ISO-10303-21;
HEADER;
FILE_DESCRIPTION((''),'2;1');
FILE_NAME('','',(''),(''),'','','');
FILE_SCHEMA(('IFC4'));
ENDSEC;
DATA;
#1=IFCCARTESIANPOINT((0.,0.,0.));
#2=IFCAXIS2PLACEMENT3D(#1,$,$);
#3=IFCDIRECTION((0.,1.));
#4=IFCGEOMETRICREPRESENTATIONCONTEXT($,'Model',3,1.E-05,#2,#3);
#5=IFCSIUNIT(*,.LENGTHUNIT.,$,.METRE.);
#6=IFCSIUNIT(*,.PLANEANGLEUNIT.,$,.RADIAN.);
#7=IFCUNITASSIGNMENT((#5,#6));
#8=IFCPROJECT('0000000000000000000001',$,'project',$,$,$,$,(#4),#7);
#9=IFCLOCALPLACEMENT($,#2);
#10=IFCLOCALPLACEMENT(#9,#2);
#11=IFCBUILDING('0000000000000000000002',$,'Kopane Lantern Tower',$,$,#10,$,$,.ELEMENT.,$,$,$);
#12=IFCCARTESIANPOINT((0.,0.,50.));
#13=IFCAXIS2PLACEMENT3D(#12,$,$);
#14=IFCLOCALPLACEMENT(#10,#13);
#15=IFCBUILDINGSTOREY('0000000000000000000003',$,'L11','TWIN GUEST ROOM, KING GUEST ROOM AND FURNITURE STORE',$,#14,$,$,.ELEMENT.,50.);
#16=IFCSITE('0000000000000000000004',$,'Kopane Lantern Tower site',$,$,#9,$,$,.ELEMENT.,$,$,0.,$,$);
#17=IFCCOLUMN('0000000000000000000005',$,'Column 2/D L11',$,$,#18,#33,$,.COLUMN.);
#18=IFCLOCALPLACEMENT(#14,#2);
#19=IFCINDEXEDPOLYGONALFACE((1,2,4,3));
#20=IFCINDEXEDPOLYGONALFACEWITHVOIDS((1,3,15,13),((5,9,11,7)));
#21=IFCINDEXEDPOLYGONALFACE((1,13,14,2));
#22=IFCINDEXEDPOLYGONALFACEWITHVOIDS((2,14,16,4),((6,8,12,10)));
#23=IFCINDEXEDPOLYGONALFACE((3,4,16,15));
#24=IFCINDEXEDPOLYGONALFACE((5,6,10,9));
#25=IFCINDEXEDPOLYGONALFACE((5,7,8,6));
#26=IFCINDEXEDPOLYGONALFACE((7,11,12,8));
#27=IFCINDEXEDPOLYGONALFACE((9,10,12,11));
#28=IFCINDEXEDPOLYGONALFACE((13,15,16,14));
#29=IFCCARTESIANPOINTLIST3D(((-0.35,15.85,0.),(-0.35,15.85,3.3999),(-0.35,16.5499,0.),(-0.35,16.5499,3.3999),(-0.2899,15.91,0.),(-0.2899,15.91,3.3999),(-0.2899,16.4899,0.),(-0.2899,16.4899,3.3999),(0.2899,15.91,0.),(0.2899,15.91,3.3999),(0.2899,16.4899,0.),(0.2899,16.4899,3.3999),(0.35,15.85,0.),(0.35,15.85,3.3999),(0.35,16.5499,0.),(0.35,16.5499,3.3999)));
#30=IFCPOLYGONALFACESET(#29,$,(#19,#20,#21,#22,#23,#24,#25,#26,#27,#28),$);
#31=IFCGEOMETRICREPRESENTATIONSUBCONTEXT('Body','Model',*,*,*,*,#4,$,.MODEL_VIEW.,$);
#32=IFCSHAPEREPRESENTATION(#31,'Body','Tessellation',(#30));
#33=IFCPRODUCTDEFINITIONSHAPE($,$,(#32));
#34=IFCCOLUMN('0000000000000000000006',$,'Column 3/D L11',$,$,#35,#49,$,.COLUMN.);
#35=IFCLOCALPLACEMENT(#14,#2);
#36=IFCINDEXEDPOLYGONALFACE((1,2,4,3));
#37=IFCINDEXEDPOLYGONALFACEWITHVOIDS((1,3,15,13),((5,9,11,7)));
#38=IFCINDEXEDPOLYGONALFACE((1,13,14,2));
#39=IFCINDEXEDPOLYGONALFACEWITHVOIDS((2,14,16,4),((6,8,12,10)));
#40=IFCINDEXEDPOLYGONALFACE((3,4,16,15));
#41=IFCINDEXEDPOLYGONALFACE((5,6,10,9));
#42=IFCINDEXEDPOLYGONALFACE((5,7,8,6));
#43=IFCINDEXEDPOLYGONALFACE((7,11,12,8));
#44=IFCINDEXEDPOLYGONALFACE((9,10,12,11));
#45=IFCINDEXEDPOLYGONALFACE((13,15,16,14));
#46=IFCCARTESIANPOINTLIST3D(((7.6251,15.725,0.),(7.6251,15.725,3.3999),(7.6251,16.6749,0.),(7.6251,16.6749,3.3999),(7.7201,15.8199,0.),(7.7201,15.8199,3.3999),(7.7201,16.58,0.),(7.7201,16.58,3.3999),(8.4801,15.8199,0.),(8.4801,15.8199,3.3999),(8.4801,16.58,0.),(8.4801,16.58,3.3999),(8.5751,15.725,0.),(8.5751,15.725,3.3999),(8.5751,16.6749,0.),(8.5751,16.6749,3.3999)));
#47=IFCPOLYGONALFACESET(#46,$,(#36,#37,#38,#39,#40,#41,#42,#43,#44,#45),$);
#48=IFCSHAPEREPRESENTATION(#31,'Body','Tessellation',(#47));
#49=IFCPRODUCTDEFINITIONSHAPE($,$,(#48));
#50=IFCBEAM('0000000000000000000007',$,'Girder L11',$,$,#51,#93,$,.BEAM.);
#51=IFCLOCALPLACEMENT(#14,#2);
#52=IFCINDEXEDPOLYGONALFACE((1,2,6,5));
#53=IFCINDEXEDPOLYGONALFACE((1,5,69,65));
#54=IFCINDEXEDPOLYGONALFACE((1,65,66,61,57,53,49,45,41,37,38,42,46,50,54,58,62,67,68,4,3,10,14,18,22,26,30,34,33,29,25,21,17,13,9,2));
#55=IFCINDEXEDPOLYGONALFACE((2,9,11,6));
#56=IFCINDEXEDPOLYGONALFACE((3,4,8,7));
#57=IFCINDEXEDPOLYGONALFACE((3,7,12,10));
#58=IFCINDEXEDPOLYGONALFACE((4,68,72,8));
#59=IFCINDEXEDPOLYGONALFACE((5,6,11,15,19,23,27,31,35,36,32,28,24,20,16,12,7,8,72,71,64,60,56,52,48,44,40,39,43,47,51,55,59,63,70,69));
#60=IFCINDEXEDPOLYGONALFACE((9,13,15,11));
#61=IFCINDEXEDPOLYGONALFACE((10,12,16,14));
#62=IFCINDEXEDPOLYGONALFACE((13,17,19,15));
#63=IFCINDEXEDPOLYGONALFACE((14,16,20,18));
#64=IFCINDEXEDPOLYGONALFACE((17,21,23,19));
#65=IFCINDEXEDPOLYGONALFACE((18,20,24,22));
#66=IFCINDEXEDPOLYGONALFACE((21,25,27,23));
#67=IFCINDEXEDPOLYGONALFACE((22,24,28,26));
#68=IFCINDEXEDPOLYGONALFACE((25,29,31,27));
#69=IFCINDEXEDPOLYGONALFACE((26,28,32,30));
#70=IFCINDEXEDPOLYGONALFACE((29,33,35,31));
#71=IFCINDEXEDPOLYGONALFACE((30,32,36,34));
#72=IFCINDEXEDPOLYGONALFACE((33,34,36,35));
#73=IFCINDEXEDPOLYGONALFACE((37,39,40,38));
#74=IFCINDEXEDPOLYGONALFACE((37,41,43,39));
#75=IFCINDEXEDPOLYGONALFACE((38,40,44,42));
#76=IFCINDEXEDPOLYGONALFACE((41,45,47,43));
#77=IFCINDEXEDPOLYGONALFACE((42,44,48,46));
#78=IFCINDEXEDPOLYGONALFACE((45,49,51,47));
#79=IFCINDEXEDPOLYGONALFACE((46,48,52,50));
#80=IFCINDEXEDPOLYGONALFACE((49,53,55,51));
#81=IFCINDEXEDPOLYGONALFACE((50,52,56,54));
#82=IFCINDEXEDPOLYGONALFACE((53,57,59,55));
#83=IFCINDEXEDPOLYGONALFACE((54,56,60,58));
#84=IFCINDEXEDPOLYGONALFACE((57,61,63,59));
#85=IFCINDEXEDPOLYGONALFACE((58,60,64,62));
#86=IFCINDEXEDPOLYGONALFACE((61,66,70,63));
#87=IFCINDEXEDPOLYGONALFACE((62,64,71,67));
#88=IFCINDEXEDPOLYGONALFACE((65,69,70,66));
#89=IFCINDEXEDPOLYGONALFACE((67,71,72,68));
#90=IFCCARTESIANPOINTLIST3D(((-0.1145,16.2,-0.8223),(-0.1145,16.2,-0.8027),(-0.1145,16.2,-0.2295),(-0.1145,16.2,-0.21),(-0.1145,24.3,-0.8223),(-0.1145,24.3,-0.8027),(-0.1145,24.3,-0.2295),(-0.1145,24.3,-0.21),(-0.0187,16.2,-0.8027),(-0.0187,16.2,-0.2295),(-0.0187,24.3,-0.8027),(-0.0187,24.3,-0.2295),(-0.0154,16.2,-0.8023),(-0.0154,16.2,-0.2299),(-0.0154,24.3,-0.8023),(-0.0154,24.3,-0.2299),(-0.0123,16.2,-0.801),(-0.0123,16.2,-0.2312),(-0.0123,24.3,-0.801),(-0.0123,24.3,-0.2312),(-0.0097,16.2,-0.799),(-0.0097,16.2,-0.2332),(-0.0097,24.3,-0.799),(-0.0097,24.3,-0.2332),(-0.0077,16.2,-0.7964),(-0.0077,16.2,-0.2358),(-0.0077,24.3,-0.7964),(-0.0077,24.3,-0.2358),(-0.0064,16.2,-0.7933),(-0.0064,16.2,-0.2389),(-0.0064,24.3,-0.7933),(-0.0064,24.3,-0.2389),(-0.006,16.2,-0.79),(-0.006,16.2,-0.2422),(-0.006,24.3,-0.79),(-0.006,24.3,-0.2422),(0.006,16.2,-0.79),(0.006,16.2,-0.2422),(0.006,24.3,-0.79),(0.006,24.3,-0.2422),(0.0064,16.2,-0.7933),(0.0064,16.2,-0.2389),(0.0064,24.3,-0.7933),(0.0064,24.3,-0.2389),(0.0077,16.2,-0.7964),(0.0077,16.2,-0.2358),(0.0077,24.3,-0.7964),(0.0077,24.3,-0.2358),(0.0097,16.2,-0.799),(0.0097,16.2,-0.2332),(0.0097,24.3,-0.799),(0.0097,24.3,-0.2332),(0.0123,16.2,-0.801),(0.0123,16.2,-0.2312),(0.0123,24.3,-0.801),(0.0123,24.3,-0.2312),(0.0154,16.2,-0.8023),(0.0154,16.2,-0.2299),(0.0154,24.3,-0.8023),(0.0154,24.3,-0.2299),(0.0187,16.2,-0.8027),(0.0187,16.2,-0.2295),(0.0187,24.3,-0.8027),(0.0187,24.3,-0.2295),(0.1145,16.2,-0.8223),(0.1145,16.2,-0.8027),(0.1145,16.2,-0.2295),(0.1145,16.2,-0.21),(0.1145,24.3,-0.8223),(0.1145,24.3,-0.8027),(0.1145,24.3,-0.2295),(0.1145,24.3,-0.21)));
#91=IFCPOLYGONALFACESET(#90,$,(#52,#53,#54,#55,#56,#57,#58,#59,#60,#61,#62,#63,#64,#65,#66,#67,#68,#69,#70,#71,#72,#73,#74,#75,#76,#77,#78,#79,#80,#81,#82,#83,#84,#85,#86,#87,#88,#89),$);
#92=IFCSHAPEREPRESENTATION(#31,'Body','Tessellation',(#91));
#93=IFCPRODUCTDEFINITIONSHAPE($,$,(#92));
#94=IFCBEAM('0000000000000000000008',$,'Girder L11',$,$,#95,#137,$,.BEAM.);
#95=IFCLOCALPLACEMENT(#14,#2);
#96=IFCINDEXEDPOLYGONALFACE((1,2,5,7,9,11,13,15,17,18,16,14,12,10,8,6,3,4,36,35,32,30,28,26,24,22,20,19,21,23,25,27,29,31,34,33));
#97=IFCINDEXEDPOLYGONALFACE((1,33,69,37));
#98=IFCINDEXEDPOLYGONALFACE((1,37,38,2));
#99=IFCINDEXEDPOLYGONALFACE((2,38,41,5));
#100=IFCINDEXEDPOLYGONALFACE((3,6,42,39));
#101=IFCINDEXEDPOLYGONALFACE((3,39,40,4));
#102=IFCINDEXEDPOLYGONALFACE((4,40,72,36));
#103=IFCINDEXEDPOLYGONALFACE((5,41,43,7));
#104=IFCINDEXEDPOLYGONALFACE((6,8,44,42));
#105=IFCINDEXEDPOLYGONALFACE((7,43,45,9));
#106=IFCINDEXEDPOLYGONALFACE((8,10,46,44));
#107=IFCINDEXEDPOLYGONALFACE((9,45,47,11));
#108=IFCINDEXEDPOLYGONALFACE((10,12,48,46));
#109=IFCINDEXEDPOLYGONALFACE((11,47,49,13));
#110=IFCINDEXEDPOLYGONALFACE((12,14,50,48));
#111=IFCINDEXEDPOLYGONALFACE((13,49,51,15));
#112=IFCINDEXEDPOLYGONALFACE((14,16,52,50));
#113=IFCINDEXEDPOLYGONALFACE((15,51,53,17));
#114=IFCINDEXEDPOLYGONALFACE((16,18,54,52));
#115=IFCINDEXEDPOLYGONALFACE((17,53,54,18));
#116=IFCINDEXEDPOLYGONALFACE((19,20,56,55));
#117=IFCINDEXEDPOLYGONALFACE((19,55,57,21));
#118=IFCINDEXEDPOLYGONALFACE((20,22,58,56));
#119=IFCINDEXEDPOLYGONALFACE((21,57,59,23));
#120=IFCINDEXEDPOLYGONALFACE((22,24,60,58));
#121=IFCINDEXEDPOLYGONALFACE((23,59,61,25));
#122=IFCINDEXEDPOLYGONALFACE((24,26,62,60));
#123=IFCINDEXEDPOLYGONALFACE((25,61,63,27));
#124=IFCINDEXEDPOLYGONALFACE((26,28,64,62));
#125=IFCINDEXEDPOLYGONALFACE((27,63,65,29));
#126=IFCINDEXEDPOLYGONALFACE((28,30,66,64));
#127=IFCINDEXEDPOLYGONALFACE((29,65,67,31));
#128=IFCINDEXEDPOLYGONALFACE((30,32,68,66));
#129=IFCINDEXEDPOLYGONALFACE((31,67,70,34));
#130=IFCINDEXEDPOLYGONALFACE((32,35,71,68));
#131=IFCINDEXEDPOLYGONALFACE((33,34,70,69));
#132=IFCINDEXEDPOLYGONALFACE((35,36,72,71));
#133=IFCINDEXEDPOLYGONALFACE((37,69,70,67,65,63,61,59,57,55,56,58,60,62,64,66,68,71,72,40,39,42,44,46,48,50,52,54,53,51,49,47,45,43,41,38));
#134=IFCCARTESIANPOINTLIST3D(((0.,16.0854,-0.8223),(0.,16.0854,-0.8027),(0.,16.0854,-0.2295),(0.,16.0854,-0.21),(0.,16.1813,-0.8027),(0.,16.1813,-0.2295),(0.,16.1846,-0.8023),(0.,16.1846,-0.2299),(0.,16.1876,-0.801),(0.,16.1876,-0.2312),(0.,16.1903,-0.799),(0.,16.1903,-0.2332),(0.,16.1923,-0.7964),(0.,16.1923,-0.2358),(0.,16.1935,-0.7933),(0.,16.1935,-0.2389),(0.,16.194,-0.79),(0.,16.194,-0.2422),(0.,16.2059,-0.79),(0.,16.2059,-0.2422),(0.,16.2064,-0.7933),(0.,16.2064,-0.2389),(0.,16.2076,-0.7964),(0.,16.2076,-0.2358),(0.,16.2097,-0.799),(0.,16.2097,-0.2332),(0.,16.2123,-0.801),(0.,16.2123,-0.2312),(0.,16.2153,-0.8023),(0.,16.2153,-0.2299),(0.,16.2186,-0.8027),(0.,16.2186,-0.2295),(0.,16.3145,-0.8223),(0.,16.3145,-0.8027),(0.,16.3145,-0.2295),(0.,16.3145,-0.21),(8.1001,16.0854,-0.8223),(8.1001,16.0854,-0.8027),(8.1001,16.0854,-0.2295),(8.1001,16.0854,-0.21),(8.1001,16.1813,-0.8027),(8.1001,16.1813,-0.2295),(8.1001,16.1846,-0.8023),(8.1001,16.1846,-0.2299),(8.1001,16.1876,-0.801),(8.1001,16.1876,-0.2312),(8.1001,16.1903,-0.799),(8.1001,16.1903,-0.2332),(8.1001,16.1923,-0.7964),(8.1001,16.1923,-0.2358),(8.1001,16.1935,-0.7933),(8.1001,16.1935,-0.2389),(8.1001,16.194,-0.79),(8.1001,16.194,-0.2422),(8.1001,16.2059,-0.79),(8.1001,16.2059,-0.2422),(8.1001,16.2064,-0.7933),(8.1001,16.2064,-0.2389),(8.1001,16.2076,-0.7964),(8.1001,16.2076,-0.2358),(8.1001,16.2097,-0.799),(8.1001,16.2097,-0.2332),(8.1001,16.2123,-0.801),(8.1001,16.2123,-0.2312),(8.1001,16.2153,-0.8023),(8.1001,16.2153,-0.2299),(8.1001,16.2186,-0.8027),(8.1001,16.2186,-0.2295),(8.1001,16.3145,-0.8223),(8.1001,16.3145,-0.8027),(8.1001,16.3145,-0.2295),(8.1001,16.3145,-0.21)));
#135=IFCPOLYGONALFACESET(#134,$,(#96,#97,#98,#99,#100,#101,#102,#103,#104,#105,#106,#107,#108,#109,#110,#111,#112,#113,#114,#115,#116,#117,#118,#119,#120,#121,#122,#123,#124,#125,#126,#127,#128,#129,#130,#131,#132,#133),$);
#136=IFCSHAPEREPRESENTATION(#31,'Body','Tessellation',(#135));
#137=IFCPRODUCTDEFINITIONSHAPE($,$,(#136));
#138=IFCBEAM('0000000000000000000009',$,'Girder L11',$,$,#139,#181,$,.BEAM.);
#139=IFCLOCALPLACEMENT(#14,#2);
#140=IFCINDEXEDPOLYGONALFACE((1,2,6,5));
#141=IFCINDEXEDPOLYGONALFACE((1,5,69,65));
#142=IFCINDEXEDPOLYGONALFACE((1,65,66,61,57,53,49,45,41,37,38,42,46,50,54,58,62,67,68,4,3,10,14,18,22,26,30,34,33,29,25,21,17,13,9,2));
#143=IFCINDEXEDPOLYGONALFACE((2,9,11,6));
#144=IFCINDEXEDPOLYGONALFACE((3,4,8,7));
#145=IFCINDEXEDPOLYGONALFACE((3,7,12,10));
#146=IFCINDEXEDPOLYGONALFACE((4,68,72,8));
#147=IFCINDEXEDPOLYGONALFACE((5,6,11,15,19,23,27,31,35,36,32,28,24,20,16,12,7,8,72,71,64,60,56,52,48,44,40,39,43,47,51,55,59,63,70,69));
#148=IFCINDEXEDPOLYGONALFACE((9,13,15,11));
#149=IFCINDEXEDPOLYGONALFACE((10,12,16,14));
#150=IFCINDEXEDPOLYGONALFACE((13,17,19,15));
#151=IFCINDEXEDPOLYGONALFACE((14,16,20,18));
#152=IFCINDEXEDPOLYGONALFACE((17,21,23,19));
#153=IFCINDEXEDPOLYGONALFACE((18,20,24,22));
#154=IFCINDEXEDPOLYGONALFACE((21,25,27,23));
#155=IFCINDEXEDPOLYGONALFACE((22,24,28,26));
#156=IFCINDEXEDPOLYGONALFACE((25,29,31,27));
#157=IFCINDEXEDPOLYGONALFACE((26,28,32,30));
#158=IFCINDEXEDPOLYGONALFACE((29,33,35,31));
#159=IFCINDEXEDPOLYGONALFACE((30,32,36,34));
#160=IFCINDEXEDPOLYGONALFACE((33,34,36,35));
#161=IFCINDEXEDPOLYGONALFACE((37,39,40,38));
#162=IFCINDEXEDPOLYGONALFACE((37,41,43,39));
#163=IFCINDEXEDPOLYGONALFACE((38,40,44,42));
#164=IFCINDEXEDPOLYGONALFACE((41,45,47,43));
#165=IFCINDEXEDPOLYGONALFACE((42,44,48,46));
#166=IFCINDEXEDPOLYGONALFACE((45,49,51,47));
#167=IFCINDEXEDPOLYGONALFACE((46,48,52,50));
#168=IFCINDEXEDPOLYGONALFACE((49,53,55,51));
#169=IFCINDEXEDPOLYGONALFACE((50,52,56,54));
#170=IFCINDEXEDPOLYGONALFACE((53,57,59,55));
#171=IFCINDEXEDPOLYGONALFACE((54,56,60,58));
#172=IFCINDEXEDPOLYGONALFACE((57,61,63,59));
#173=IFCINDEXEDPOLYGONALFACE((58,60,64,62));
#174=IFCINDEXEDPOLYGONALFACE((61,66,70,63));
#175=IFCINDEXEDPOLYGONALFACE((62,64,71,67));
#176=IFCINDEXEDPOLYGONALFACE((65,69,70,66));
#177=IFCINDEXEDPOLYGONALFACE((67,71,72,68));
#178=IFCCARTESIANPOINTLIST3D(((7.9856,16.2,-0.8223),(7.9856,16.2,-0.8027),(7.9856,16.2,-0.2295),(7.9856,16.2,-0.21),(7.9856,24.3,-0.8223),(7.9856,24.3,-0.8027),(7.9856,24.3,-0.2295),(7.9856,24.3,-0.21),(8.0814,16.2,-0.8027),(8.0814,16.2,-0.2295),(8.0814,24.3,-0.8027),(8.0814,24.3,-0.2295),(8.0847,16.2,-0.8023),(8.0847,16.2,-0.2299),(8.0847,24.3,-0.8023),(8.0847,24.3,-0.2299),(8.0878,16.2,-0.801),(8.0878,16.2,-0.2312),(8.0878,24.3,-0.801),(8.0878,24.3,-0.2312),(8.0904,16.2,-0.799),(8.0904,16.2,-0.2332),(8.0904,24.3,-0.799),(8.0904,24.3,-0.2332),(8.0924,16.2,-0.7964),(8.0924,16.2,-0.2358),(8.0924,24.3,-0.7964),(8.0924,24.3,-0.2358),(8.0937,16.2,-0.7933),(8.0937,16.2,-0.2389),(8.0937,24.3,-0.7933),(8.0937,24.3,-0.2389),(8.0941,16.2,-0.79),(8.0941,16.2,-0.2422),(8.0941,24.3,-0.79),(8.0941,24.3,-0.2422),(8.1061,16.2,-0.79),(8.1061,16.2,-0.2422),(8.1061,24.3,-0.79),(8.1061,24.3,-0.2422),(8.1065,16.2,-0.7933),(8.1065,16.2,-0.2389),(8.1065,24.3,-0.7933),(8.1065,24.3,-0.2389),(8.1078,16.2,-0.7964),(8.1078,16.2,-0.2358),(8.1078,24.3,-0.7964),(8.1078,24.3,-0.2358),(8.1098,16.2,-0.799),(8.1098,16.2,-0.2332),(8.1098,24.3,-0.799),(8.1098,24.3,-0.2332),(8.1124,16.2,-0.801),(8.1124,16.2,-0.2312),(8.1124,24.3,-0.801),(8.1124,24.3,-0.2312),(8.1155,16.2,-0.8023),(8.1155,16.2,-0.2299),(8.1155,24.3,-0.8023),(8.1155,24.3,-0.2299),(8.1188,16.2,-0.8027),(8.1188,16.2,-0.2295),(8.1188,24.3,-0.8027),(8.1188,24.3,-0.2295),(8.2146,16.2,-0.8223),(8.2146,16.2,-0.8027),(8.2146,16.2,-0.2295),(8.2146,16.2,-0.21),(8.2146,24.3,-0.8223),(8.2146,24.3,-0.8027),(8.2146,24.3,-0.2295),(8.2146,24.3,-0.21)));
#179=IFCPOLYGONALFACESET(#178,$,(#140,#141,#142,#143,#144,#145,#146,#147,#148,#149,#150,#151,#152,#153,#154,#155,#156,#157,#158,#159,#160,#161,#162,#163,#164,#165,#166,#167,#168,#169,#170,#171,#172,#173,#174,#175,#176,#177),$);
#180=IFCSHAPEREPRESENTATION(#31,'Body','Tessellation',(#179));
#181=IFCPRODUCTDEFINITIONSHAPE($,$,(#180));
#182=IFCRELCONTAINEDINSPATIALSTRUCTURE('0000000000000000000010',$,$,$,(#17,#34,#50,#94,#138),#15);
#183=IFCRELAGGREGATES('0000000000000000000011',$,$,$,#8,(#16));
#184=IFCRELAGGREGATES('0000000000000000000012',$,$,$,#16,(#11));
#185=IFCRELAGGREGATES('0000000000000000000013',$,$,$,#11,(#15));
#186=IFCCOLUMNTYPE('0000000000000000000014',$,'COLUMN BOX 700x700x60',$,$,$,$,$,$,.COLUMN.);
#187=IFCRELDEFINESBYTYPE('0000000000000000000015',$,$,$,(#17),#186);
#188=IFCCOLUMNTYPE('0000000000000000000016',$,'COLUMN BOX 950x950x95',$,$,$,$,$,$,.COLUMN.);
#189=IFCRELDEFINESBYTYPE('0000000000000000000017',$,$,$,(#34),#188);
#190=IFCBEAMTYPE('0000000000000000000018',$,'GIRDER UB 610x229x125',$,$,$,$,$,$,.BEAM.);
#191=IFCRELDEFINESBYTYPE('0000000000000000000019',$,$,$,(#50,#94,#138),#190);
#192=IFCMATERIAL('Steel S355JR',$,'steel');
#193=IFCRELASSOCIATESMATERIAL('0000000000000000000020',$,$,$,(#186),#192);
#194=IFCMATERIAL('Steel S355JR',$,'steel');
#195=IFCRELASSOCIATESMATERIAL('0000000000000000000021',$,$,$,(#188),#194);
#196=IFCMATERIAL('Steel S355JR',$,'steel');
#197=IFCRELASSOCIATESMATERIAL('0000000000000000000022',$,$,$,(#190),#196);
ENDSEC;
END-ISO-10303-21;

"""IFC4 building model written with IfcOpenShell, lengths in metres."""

from ifc_helpers import new_model, si_unit, direction, frame, origin, origin_2d, place, context, subcontext, project, spatial, hollow_rectangle, i_section, extrude, material, material_profile, profile_set, type_object, element, save


model = new_model("IFC4")

# Units and contexts
model_context = context("Model", 3, precision=1e-05, world=origin(), true_north=direction((0.0, 1.0)))
body_context = subcontext(model_context, "Body", "Model", "MODEL_VIEW")
ifc_project = project(units=[si_unit("LENGTHUNIT", "METRE"), si_unit("PLANEANGLEUNIT", "RADIAN")], contexts=[model_context])

# Site, building, storey
site_placement = place(None, origin())
site = spatial("IfcSite", under=ifc_project, at=site_placement, Name="Kopane Lantern Tower site", CompositionType="ELEMENT", RefElevation=0.0)
building_placement = place(site_placement, origin())
building = spatial("IfcBuilding", under=site, at=building_placement, Name="Kopane Lantern Tower", CompositionType="ELEMENT")
storey_placement = place(building_placement, frame((0.0, 0.0, 50.0)))
storey = spatial("IfcBuildingStorey", under=building, at=storey_placement, Name="L11", Description="TWIN GUEST ROOM, KING GUEST ROOM AND FURNITURE STORE", CompositionType="ELEMENT", Elevation=50.0)

# Columns
ifc_material_1 = material(Name="Steel S355JR", Category="steel")
ifc_material_profile_1 = material_profile(ifc_material_1, hollow_rectangle(XDim=0.7, YDim=0.7, WallThickness=0.0601, at=origin_2d()), Name="BOX 700x700x60")
ifc_profile_set_1 = profile_set([ifc_material_profile_1], Name="Steel S355JR")
column_type_1 = type_object("IfcColumnType", Name="COLUMN BOX 700x700x60", PredefinedType="COLUMN", material=ifc_profile_set_1)
column_1_placement = place(storey_placement, frame((0.0, 16.2, 0.0), z_axis=(0.0, 0.0, 1.0), x_axis=(1.0, 0.0, 0.0)))
element("IfcColumn", 1, at=column_1_placement, inside=storey, type_object=column_type_1, Name="Column 2/D L11", PredefinedType="COLUMN", context=body_context, shape_type="SweptSolid", body=[
    extrude(hollow_rectangle(XDim=0.7, YDim=0.7, WallThickness=0.0601, at=origin_2d()), origin(), (0.0, 0.0, 1.0), 3.3999),
])
ifc_material_2 = material(Name="Steel S355JR", Category="steel")
ifc_material_profile_2 = material_profile(ifc_material_2, hollow_rectangle(XDim=0.95, YDim=0.95, WallThickness=0.095, at=origin_2d()), Name="BOX 950x950x95")
ifc_profile_set_2 = profile_set([ifc_material_profile_2], Name="Steel S355JR")
column_type_2 = type_object("IfcColumnType", Name="COLUMN BOX 950x950x95", PredefinedType="COLUMN", material=ifc_profile_set_2)
column_2_placement = place(storey_placement, frame((8.1001, 16.2, 0.0), z_axis=(0.0, 0.0, 1.0), x_axis=(1.0, 0.0, 0.0)))
element("IfcColumn", 2, at=column_2_placement, inside=storey, type_object=column_type_2, Name="Column 3/D L11", PredefinedType="COLUMN", context=body_context, shape_type="SweptSolid", body=[
    extrude(hollow_rectangle(XDim=0.95, YDim=0.95, WallThickness=0.095, at=origin_2d()), origin(), (0.0, 0.0, 1.0), 3.3999),
])

# Beams
ifc_material_3 = material(Name="Steel S355JR", Category="steel")
ifc_material_profile_3 = material_profile(ifc_material_3, i_section(OverallWidth=0.229, OverallDepth=0.6123, WebThickness=0.012, FlangeThickness=0.0195, FilletRadius=0.0127, at=origin_2d()), Name="UB 610x229x125")
ifc_profile_set_3 = profile_set([ifc_material_profile_3], Name="Steel S355JR")
beam_type = type_object("IfcBeamType", Name="GIRDER UB 610x229x125", PredefinedType="BEAM", material=ifc_profile_set_3)
for number, where, z_axis, x_axis, name in (
    (3, (0.0, 16.2, -0.5161), (0.0, 1.0, 0.0), (-1.0, 0.0, 0.0), "Girder L11"),
    (4, (0.0, 16.2, -0.5161), (1.0, 0.0, 0.0), (0.0, 1.0, 0.0), "Girder L11"),
    (5, (8.1001, 16.2, -0.5161), (0.0, 1.0, 0.0), (-1.0, 0.0, 0.0), "Girder L11"),
):
    element("IfcBeam", number, at=place(storey_placement, frame(where, z_axis=z_axis, x_axis=x_axis)), inside=storey, type_object=beam_type, Name=name, PredefinedType="BEAM", context=body_context, shape_type="SweptSolid", body=[
        extrude(i_section(OverallWidth=0.229, OverallDepth=0.6123, WebThickness=0.012, FlangeThickness=0.0195, FilletRadius=0.0127, at=origin_2d()), origin(), (0.0, 0.0, 1.0), 8.1001),
    ])

save(model, "model.ifc")
